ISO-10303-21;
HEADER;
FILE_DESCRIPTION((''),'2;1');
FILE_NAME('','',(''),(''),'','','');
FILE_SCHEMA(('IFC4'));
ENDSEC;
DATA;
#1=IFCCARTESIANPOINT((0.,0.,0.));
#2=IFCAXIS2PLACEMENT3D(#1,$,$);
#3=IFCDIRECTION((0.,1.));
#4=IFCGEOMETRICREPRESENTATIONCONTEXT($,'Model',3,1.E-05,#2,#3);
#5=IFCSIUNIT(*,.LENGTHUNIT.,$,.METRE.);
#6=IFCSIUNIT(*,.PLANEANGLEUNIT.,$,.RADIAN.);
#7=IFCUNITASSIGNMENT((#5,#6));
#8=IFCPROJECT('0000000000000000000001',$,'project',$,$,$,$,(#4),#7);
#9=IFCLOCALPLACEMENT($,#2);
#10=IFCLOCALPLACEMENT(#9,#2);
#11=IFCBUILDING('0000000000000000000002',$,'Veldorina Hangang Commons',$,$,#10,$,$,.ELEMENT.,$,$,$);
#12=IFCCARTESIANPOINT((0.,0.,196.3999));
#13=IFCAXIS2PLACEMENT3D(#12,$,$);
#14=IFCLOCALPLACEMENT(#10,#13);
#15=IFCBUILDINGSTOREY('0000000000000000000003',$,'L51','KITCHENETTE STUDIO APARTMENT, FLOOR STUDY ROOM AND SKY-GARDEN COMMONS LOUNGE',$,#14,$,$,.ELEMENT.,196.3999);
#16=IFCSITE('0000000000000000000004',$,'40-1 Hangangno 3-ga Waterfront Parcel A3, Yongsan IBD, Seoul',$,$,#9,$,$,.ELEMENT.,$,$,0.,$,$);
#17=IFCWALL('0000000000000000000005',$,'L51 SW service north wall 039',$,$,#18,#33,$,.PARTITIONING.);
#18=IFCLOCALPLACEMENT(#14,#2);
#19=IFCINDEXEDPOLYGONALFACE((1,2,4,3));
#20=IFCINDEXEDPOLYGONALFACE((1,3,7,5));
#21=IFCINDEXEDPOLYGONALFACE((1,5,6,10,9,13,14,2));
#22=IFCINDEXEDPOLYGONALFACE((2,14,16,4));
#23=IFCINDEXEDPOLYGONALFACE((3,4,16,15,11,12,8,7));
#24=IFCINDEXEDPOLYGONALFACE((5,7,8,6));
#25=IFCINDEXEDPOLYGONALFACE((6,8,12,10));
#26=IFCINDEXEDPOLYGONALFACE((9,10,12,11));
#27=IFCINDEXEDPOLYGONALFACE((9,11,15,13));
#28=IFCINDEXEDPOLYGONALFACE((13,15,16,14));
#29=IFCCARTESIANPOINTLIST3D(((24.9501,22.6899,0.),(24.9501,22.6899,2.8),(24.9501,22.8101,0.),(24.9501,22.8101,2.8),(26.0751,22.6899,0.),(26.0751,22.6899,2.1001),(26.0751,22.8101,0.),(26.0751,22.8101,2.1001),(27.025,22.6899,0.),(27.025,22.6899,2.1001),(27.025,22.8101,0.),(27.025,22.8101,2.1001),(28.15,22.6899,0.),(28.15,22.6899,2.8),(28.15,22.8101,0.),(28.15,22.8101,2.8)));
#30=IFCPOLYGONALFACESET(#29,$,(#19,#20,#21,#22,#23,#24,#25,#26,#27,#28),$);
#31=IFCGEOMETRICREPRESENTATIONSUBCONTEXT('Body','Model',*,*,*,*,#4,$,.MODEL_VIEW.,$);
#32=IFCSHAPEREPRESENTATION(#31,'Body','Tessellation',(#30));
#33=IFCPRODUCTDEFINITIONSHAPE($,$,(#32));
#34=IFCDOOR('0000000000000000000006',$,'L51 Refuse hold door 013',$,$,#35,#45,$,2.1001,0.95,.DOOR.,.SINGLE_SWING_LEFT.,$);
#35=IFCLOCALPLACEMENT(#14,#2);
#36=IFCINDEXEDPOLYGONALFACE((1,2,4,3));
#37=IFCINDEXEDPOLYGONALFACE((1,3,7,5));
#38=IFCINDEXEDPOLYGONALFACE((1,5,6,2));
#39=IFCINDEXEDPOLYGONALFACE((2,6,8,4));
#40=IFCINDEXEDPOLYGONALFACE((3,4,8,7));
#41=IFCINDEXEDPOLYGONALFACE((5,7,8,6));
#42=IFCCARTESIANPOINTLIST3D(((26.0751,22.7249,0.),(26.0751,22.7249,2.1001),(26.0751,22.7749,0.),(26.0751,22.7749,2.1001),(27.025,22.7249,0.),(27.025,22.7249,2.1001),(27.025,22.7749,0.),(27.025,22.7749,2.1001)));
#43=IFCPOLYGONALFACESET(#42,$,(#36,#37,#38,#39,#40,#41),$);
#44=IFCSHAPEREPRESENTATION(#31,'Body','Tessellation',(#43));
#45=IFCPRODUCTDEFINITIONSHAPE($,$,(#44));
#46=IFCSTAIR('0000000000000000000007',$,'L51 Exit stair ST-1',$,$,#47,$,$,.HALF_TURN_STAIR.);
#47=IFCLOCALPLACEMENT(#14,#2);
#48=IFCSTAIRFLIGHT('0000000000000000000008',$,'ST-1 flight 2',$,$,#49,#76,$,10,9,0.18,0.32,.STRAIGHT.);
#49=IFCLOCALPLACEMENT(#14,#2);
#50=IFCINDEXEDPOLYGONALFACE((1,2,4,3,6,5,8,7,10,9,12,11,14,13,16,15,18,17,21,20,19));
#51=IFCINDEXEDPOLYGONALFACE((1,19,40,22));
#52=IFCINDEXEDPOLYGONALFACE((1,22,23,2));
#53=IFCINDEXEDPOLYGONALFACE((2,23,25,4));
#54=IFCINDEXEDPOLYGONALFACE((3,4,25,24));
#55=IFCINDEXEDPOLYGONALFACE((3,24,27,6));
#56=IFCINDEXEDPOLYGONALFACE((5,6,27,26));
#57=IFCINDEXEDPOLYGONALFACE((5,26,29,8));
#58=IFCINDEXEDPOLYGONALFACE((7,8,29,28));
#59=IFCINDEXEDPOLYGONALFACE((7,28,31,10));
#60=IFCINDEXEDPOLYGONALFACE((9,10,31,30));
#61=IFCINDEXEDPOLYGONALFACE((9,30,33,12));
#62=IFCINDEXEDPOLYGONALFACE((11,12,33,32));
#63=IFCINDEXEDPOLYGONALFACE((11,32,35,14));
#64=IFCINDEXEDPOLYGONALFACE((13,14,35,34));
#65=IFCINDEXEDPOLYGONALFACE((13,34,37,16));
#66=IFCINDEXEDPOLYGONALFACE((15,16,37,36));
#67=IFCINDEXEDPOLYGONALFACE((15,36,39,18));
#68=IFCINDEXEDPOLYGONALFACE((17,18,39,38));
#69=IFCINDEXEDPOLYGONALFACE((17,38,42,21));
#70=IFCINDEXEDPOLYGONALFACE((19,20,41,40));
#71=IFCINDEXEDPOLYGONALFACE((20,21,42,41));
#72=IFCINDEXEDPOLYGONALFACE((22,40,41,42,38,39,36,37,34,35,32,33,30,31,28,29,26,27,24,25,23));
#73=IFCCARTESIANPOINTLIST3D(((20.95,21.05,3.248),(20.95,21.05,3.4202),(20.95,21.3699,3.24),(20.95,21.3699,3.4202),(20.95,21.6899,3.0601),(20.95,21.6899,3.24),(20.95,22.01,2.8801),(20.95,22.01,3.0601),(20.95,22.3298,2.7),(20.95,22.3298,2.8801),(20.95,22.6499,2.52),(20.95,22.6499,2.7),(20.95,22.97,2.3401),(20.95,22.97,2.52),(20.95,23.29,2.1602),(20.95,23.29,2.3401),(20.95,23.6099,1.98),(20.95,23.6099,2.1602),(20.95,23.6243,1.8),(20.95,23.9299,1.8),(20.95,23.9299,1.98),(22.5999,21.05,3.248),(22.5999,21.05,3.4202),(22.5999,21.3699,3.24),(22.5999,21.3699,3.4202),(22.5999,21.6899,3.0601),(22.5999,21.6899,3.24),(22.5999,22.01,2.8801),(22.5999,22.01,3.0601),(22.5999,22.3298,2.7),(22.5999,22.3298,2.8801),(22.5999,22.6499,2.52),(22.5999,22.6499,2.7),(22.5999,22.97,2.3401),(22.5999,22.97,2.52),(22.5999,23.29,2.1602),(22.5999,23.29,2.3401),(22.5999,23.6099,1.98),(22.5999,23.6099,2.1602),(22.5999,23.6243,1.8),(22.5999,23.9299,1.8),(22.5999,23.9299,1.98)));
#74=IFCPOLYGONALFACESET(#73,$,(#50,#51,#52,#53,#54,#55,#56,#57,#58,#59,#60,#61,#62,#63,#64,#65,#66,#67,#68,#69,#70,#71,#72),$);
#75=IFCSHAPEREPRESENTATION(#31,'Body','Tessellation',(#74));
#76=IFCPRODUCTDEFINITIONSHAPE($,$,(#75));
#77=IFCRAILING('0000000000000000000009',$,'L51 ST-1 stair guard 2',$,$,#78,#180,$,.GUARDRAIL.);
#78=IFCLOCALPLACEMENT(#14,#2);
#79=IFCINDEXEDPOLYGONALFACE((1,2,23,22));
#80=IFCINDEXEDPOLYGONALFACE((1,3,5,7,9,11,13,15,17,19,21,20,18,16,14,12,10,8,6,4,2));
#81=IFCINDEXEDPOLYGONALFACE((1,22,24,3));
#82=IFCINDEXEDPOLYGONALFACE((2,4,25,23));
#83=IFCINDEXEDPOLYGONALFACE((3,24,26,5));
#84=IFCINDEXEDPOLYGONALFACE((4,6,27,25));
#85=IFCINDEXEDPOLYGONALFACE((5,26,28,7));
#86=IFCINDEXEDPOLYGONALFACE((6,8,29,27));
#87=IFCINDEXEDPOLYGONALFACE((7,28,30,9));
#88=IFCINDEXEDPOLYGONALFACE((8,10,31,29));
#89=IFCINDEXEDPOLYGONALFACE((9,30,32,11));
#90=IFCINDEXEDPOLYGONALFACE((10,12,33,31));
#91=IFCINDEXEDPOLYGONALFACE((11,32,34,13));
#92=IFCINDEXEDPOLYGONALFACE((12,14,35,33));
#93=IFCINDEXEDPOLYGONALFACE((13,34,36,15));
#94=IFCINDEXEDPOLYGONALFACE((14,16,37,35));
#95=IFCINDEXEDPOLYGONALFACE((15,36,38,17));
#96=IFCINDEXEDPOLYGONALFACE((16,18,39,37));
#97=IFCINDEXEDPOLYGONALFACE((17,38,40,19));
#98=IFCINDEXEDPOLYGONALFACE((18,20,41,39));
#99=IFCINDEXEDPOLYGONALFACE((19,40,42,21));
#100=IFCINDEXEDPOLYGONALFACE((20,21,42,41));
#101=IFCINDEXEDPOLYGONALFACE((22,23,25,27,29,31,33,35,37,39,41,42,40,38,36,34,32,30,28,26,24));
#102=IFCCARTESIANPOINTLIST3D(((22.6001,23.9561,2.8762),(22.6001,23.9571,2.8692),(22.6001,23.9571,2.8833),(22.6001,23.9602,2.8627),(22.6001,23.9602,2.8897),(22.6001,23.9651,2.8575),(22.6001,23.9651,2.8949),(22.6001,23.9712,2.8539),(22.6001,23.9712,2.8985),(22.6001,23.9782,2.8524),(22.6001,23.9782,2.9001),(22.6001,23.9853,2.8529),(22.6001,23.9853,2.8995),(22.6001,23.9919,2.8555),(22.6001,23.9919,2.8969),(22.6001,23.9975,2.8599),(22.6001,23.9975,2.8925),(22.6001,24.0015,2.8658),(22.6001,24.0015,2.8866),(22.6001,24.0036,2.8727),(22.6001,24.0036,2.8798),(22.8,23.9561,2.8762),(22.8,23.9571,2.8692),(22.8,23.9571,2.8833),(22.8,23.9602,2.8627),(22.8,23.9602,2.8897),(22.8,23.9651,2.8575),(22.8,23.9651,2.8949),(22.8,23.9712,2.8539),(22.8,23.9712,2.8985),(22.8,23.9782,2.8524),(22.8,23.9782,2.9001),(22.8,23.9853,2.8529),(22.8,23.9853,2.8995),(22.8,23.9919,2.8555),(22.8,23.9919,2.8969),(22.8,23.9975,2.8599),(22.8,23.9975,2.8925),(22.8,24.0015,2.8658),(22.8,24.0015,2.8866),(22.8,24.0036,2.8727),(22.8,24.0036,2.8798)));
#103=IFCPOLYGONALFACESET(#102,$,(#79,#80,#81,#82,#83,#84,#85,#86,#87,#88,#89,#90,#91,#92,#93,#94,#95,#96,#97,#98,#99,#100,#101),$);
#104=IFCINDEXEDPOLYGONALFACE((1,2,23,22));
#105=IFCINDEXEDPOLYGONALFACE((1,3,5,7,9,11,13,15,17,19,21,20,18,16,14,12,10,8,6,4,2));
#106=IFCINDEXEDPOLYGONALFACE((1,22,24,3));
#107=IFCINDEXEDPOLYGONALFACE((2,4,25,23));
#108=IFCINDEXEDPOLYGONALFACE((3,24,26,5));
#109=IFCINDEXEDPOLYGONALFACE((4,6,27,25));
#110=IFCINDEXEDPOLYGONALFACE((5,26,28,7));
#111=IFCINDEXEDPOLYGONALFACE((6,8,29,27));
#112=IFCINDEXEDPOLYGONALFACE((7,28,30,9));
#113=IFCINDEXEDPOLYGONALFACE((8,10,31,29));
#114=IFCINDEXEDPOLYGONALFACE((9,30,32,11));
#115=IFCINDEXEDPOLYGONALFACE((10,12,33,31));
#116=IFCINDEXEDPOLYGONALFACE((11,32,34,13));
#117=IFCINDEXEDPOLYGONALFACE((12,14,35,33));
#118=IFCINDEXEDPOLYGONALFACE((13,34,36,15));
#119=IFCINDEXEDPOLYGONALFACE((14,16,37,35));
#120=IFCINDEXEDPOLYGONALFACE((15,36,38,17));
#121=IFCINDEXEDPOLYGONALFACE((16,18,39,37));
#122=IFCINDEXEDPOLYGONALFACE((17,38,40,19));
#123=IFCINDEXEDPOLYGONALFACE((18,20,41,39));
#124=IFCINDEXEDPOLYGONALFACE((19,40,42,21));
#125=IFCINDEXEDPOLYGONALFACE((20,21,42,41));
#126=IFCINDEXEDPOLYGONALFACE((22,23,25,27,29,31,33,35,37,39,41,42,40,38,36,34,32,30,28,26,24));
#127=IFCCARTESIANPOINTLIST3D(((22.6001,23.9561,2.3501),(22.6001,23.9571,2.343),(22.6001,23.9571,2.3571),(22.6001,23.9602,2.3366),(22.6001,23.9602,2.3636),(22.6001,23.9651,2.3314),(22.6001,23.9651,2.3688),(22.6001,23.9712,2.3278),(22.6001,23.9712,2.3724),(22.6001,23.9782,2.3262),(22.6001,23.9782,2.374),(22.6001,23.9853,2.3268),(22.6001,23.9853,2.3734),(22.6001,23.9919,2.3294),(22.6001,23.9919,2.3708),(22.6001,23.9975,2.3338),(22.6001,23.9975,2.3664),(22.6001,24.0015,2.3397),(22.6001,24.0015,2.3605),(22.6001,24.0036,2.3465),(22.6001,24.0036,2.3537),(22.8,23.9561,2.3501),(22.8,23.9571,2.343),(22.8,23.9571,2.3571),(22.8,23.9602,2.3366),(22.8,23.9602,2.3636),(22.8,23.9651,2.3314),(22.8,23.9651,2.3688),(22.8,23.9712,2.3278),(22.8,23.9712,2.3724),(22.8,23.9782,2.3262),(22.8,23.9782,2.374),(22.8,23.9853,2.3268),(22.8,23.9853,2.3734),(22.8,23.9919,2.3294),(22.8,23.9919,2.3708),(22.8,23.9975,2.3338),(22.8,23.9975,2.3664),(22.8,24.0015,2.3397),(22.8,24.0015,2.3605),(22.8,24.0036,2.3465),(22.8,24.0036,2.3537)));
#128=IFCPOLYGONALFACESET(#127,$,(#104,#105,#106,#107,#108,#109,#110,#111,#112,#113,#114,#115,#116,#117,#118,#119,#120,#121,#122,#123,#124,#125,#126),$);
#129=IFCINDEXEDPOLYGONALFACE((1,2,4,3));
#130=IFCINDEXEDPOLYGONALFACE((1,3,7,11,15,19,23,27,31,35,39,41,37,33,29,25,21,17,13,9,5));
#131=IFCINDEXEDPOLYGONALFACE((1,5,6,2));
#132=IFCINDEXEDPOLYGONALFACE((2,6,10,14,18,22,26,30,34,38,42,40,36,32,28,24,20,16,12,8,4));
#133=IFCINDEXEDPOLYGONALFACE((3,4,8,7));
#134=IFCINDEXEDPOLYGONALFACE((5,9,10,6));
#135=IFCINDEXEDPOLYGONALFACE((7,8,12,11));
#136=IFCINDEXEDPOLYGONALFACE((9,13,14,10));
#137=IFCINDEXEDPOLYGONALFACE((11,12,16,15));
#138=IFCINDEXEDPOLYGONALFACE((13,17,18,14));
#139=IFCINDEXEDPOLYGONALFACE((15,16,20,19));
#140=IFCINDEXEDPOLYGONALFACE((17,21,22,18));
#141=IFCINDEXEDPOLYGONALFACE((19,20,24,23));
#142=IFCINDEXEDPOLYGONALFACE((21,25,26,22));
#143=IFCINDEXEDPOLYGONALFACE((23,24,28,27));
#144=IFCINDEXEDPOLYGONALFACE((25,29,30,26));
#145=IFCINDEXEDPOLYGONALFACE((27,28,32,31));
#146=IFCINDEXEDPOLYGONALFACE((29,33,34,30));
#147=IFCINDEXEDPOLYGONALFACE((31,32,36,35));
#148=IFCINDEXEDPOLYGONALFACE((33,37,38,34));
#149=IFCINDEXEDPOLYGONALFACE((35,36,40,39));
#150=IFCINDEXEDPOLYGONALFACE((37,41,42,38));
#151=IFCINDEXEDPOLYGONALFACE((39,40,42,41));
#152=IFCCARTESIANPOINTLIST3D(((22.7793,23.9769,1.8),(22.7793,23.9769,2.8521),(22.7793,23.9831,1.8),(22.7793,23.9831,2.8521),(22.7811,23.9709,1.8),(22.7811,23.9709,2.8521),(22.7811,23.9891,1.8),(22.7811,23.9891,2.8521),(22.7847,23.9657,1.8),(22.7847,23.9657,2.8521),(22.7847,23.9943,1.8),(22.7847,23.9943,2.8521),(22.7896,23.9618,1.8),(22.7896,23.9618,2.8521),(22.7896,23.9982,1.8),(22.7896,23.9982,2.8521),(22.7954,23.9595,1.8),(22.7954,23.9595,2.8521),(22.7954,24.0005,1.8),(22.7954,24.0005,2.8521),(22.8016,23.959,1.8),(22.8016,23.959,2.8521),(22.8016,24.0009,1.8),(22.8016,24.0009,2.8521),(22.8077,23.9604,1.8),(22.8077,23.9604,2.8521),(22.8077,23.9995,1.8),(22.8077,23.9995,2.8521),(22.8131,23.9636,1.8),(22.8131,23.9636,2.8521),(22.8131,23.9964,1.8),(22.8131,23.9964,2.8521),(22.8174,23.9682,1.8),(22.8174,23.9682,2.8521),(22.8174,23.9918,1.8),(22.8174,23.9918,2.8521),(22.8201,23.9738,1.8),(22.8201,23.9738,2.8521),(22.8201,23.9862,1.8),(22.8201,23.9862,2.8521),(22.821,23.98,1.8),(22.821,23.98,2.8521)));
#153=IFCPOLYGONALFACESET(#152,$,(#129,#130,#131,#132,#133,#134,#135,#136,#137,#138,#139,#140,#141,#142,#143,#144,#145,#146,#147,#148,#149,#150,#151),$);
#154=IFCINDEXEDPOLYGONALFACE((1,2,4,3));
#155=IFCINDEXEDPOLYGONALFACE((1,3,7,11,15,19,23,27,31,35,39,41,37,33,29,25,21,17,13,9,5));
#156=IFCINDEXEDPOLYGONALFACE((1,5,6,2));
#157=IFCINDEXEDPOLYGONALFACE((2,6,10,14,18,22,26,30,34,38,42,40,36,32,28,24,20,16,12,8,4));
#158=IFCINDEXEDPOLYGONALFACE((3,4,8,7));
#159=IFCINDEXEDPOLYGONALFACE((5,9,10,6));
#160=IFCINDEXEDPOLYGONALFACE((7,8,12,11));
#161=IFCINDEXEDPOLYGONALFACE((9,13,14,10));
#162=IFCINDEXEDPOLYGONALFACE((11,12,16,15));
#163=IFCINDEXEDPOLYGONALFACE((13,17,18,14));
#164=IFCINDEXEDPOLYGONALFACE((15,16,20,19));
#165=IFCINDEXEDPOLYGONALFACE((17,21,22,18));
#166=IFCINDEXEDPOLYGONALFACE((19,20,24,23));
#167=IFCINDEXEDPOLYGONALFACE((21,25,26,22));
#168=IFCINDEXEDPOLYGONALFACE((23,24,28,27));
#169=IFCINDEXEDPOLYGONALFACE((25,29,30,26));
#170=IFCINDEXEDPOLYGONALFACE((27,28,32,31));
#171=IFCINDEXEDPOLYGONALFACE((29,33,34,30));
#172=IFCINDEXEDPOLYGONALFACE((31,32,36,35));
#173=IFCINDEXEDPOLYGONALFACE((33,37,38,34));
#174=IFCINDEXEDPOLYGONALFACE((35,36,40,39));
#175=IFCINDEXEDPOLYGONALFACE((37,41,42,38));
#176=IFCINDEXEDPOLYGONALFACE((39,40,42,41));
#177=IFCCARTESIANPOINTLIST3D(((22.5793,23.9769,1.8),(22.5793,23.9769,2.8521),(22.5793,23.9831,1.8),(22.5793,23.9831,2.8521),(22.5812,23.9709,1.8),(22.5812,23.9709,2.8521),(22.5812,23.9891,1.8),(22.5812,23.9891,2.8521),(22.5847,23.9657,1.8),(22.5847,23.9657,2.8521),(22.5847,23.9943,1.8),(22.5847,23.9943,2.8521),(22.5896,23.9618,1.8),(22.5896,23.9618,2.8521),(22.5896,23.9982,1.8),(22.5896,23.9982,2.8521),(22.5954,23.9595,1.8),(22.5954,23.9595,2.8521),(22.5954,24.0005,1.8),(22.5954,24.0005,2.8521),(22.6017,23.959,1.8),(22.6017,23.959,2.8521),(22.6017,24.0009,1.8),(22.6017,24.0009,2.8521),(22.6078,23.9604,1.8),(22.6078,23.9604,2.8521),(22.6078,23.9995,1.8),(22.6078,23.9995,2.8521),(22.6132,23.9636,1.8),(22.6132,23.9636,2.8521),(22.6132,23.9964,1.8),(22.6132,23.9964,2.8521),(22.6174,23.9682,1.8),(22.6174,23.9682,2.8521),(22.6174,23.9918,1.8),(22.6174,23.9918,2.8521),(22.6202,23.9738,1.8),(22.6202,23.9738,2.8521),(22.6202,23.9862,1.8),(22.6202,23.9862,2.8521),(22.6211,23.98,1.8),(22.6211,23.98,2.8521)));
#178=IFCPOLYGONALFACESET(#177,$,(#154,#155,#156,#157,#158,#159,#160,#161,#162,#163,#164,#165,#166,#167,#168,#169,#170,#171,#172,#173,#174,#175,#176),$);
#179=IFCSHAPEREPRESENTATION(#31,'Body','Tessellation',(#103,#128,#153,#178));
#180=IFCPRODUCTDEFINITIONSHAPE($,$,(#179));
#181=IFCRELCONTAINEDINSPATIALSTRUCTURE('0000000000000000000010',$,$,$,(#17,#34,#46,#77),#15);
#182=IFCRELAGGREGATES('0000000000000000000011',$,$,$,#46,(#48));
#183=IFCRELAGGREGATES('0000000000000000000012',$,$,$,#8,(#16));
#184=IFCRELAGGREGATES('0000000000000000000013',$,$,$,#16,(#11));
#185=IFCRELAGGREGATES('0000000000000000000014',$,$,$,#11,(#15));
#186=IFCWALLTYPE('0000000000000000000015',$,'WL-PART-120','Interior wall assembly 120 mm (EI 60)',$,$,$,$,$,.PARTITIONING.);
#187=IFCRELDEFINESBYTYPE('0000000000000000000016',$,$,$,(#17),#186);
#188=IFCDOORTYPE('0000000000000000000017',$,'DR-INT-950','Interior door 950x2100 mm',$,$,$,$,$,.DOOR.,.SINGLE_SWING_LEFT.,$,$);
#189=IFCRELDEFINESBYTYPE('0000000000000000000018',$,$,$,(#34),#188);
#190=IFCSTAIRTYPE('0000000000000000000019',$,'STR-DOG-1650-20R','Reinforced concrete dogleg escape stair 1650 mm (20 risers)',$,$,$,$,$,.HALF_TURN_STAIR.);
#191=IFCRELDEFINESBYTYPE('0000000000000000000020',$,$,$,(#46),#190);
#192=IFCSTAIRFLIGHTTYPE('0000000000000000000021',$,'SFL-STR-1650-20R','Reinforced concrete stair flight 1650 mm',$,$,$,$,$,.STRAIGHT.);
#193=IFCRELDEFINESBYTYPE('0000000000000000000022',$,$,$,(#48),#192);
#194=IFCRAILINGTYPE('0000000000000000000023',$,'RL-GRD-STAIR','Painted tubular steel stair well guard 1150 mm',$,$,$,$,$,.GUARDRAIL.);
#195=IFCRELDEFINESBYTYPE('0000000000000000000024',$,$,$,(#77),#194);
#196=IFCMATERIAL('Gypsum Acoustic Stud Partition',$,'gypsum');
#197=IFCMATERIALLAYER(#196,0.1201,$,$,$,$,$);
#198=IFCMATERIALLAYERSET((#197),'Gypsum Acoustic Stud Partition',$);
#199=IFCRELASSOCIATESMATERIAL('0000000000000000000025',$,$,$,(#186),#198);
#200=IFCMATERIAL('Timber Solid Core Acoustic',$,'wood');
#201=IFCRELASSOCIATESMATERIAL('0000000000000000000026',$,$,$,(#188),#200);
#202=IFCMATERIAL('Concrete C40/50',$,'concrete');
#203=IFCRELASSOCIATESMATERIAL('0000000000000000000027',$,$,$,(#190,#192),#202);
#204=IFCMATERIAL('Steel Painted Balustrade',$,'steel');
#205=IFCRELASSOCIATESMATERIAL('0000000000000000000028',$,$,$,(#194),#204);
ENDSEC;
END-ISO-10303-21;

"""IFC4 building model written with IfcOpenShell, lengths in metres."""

from ifc_helpers import new_model, si_unit, direction, frame, frame_2d, origin, origin_2d, place, context, subcontext, project, spatial, polyline, rectangle, circle, outline, extrude, material, layer, layer_set, type_object, element, fill, aggregate, save


model = new_model("IFC4")

# Units and contexts
model_context = context("Model", 3, precision=1e-05, world=origin(), true_north=direction((0.0, 1.0)))
body_context = subcontext(model_context, "Body", "Model", "MODEL_VIEW")
ifc_project = project(units=[si_unit("LENGTHUNIT", "METRE"), si_unit("PLANEANGLEUNIT", "RADIAN")], contexts=[model_context])

# Site, building, storey
site_placement = place(None, origin())
site = spatial("IfcSite", under=ifc_project, at=site_placement, Name="40-1 Hangangno 3-ga Waterfront Parcel A3, Yongsan IBD, Seoul", CompositionType="ELEMENT", RefElevation=0.0)
building_placement = place(site_placement, origin())
building = spatial("IfcBuilding", under=site, at=building_placement, Name="Veldorina Hangang Commons", CompositionType="ELEMENT")
storey_placement = place(building_placement, frame((0.0, 0.0, 196.3999)))
storey = spatial("IfcBuildingStorey", under=building, at=storey_placement, Name="L51", Description="KITCHENETTE STUDIO APARTMENT, FLOOR STUDY ROOM AND SKY-GARDEN COMMONS LOUNGE", CompositionType="ELEMENT", Elevation=196.3999)

# Shared definitions
ifc_material_1 = material(Name="Gypsum Acoustic Stud Partition", Category="gypsum")
ifc_layer_1 = layer(ifc_material_1, 0.1201)
ifc_layer_set_1 = layer_set([ifc_layer_1], Name="Gypsum Acoustic Stud Partition")
wall_type_1 = type_object("IfcWallType", Name="WL-PART-120", Description="Interior wall assembly 120 mm (EI 60)", PredefinedType="PARTITIONING", material=ifc_layer_set_1)

# Wall, opening, door
ifc_material_2 = material(Name="Timber Solid Core Acoustic", Category="wood")
door_type_1 = type_object("IfcDoorType", Name="DR-INT-950", Description="Interior door 950x2100 mm", OperationType="SINGLE_SWING_LEFT", PredefinedType="DOOR", material=ifc_material_2)
wall_1_placement = place(storey_placement, frame((24.95, 22.75, 0.0), z_axis=(0.0, 0.0, 1.0), x_axis=(1.0, 0.0, 0.0)))
wall_1 = element("IfcWall", 1, at=wall_1_placement, inside=storey, type_object=wall_type_1, Name="L51 SW service north wall 039", PredefinedType="PARTITIONING", context=body_context, shape_type="SweptSolid", body=[
    extrude(rectangle(XDim=3.2, YDim=0.1201, at=frame_2d((1.6001, 0.0))), origin(), (0.0, 0.0, 1.0), 2.8),
])
opening_1_placement = place(wall_1_placement, frame((1.125, 0.0, 0.0)))
opening_1 = element("IfcOpeningElement", 2, at=opening_1_placement, cuts=wall_1, PredefinedType="OPENING", context=body_context, shape_type="SweptSolid", body=[
    extrude(rectangle(XDim=0.95, YDim=2.1001, at=frame_2d((0.4751, 1.05))), frame((0.0, 0.0701, 0.0), z_axis=(0.0, -1.0, 0.0), x_axis=(1.0, 0.0, 0.0)), (0.0, 0.0, 1.0), 0.1401),
])
door_1_placement = place(opening_1_placement, origin())
door_1 = element("IfcDoor", 3, at=door_1_placement, inside=storey, type_object=door_type_1, Name="L51 Refuse hold door 013", OperationType="SINGLE_SWING_LEFT", OverallHeight=2.1001, OverallWidth=0.95, PredefinedType="DOOR", context=body_context, shape_type="SweptSolid", body=[
    extrude(rectangle(XDim=0.95, YDim=2.1001, at=frame_2d((0.4751, 1.05))), frame((0.0, 0.0249, 0.0), z_axis=(0.0, -1.0, 0.0), x_axis=(1.0, 0.0, 0.0)), (0.0, 0.0, 1.0), 0.05),
])
fill(opening_1, door_1)

# Stair, stair flight
ifc_material_3 = material(Name="Concrete C40/50", Category="concrete")
stair_type = type_object("IfcStairType", Name="STR-DOG-1650-20R", Description="Reinforced concrete dogleg escape stair 1650 mm (20 risers)", PredefinedType="HALF_TURN_STAIR", material=ifc_material_3)
stair_placement = place(storey_placement, origin())
stair = element("IfcStair", 4, at=stair_placement, inside=storey, type_object=stair_type, Name="L51 Exit stair ST-1", PredefinedType="HALF_TURN_STAIR")
stair_flight_type = type_object("IfcStairFlightType", Name="SFL-STR-1650-20R", Description="Reinforced concrete stair flight 1650 mm", PredefinedType="STRAIGHT", material=ifc_material_3)
stair_flight_placement = place(storey_placement, frame((21.7749, 23.9299, 1.8), z_axis=(0.0, 0.0, 1.0), x_axis=(0.0, -1.0, 0.0)))
stair_flight = element("IfcStairFlight", 5, at=stair_flight_placement, type_object=stair_flight_type, Name="ST-1 flight 2", NumberOfRisers=10, NumberOfTreads=9, PredefinedType="STRAIGHT", RiserHeight=0.18, TreadLength=0.32, context=body_context, shape_type="SweptSolid", body=[
    extrude(outline(polyline([(0.0, 0.0), (0.0, 0.1799), (0.3201, 0.1799), (0.3201, 0.3601), (0.6399, 0.3601), (0.6399, 0.54), (0.96, 0.54), (0.96, 0.72), (1.28, 0.72), (1.28, 0.8999), (1.6001, 0.8999), (1.6001, 1.0801), (1.9199, 1.0801), (1.9199, 1.26), (2.24, 1.26), (2.24, 1.4399), (2.5601, 1.4399), (2.5601, 1.6201), (2.8799, 1.6201), (2.8799, 1.8), (2.8799, 1.448), (0.3057, 0.0), (0.0, 0.0)])), frame((0.0, 0.825, 0.0), z_axis=(0.0, -1.0, 0.0), x_axis=(1.0, 0.0, 0.0)), (0.0, 0.0, 1.0), 1.6499),
])
aggregate(stair, [stair_flight])

# Railing
ifc_material_4 = material(Name="Steel Painted Balustrade", Category="steel")
railing_type_1 = type_object("IfcRailingType", Name="RL-GRD-STAIR", Description="Painted tubular steel stair well guard 1150 mm", PredefinedType="GUARDRAIL", material=ifc_material_4)
railing_1_placement = place(storey_placement, frame((22.8, 23.98, 1.8)))
element("IfcRailing", 6, at=railing_1_placement, inside=storey, type_object=railing_type_1, Name="L51 ST-1 stair guard 2", PredefinedType="GUARDRAIL", context=body_context, shape_type="SweptSolid", body=[
    extrude(circle(Radius=0.0239, at=origin_2d()), frame((0.0, 0.0, 1.0762), z_axis=(-1.0, 0.0, 0.0), x_axis=(0.0, -1.0, 0.0)), (0.0, 0.0, 1.0), 0.2),
    extrude(circle(Radius=0.0239, at=origin_2d()), frame((0.0, 0.0, 0.55), z_axis=(-1.0, 0.0, 0.0), x_axis=(0.0, -1.0, 0.0)), (0.0, 0.0, 1.0), 0.2),
    extrude(circle(Radius=0.021, at=origin_2d()), origin(), (0.0, 0.0, 1.0), 1.052),
    extrude(circle(Radius=0.021, at=origin_2d()), frame((-0.2, 0.0, 0.0)), (0.0, 0.0, 1.0), 1.052),
])

save(model, "model.ifc")
